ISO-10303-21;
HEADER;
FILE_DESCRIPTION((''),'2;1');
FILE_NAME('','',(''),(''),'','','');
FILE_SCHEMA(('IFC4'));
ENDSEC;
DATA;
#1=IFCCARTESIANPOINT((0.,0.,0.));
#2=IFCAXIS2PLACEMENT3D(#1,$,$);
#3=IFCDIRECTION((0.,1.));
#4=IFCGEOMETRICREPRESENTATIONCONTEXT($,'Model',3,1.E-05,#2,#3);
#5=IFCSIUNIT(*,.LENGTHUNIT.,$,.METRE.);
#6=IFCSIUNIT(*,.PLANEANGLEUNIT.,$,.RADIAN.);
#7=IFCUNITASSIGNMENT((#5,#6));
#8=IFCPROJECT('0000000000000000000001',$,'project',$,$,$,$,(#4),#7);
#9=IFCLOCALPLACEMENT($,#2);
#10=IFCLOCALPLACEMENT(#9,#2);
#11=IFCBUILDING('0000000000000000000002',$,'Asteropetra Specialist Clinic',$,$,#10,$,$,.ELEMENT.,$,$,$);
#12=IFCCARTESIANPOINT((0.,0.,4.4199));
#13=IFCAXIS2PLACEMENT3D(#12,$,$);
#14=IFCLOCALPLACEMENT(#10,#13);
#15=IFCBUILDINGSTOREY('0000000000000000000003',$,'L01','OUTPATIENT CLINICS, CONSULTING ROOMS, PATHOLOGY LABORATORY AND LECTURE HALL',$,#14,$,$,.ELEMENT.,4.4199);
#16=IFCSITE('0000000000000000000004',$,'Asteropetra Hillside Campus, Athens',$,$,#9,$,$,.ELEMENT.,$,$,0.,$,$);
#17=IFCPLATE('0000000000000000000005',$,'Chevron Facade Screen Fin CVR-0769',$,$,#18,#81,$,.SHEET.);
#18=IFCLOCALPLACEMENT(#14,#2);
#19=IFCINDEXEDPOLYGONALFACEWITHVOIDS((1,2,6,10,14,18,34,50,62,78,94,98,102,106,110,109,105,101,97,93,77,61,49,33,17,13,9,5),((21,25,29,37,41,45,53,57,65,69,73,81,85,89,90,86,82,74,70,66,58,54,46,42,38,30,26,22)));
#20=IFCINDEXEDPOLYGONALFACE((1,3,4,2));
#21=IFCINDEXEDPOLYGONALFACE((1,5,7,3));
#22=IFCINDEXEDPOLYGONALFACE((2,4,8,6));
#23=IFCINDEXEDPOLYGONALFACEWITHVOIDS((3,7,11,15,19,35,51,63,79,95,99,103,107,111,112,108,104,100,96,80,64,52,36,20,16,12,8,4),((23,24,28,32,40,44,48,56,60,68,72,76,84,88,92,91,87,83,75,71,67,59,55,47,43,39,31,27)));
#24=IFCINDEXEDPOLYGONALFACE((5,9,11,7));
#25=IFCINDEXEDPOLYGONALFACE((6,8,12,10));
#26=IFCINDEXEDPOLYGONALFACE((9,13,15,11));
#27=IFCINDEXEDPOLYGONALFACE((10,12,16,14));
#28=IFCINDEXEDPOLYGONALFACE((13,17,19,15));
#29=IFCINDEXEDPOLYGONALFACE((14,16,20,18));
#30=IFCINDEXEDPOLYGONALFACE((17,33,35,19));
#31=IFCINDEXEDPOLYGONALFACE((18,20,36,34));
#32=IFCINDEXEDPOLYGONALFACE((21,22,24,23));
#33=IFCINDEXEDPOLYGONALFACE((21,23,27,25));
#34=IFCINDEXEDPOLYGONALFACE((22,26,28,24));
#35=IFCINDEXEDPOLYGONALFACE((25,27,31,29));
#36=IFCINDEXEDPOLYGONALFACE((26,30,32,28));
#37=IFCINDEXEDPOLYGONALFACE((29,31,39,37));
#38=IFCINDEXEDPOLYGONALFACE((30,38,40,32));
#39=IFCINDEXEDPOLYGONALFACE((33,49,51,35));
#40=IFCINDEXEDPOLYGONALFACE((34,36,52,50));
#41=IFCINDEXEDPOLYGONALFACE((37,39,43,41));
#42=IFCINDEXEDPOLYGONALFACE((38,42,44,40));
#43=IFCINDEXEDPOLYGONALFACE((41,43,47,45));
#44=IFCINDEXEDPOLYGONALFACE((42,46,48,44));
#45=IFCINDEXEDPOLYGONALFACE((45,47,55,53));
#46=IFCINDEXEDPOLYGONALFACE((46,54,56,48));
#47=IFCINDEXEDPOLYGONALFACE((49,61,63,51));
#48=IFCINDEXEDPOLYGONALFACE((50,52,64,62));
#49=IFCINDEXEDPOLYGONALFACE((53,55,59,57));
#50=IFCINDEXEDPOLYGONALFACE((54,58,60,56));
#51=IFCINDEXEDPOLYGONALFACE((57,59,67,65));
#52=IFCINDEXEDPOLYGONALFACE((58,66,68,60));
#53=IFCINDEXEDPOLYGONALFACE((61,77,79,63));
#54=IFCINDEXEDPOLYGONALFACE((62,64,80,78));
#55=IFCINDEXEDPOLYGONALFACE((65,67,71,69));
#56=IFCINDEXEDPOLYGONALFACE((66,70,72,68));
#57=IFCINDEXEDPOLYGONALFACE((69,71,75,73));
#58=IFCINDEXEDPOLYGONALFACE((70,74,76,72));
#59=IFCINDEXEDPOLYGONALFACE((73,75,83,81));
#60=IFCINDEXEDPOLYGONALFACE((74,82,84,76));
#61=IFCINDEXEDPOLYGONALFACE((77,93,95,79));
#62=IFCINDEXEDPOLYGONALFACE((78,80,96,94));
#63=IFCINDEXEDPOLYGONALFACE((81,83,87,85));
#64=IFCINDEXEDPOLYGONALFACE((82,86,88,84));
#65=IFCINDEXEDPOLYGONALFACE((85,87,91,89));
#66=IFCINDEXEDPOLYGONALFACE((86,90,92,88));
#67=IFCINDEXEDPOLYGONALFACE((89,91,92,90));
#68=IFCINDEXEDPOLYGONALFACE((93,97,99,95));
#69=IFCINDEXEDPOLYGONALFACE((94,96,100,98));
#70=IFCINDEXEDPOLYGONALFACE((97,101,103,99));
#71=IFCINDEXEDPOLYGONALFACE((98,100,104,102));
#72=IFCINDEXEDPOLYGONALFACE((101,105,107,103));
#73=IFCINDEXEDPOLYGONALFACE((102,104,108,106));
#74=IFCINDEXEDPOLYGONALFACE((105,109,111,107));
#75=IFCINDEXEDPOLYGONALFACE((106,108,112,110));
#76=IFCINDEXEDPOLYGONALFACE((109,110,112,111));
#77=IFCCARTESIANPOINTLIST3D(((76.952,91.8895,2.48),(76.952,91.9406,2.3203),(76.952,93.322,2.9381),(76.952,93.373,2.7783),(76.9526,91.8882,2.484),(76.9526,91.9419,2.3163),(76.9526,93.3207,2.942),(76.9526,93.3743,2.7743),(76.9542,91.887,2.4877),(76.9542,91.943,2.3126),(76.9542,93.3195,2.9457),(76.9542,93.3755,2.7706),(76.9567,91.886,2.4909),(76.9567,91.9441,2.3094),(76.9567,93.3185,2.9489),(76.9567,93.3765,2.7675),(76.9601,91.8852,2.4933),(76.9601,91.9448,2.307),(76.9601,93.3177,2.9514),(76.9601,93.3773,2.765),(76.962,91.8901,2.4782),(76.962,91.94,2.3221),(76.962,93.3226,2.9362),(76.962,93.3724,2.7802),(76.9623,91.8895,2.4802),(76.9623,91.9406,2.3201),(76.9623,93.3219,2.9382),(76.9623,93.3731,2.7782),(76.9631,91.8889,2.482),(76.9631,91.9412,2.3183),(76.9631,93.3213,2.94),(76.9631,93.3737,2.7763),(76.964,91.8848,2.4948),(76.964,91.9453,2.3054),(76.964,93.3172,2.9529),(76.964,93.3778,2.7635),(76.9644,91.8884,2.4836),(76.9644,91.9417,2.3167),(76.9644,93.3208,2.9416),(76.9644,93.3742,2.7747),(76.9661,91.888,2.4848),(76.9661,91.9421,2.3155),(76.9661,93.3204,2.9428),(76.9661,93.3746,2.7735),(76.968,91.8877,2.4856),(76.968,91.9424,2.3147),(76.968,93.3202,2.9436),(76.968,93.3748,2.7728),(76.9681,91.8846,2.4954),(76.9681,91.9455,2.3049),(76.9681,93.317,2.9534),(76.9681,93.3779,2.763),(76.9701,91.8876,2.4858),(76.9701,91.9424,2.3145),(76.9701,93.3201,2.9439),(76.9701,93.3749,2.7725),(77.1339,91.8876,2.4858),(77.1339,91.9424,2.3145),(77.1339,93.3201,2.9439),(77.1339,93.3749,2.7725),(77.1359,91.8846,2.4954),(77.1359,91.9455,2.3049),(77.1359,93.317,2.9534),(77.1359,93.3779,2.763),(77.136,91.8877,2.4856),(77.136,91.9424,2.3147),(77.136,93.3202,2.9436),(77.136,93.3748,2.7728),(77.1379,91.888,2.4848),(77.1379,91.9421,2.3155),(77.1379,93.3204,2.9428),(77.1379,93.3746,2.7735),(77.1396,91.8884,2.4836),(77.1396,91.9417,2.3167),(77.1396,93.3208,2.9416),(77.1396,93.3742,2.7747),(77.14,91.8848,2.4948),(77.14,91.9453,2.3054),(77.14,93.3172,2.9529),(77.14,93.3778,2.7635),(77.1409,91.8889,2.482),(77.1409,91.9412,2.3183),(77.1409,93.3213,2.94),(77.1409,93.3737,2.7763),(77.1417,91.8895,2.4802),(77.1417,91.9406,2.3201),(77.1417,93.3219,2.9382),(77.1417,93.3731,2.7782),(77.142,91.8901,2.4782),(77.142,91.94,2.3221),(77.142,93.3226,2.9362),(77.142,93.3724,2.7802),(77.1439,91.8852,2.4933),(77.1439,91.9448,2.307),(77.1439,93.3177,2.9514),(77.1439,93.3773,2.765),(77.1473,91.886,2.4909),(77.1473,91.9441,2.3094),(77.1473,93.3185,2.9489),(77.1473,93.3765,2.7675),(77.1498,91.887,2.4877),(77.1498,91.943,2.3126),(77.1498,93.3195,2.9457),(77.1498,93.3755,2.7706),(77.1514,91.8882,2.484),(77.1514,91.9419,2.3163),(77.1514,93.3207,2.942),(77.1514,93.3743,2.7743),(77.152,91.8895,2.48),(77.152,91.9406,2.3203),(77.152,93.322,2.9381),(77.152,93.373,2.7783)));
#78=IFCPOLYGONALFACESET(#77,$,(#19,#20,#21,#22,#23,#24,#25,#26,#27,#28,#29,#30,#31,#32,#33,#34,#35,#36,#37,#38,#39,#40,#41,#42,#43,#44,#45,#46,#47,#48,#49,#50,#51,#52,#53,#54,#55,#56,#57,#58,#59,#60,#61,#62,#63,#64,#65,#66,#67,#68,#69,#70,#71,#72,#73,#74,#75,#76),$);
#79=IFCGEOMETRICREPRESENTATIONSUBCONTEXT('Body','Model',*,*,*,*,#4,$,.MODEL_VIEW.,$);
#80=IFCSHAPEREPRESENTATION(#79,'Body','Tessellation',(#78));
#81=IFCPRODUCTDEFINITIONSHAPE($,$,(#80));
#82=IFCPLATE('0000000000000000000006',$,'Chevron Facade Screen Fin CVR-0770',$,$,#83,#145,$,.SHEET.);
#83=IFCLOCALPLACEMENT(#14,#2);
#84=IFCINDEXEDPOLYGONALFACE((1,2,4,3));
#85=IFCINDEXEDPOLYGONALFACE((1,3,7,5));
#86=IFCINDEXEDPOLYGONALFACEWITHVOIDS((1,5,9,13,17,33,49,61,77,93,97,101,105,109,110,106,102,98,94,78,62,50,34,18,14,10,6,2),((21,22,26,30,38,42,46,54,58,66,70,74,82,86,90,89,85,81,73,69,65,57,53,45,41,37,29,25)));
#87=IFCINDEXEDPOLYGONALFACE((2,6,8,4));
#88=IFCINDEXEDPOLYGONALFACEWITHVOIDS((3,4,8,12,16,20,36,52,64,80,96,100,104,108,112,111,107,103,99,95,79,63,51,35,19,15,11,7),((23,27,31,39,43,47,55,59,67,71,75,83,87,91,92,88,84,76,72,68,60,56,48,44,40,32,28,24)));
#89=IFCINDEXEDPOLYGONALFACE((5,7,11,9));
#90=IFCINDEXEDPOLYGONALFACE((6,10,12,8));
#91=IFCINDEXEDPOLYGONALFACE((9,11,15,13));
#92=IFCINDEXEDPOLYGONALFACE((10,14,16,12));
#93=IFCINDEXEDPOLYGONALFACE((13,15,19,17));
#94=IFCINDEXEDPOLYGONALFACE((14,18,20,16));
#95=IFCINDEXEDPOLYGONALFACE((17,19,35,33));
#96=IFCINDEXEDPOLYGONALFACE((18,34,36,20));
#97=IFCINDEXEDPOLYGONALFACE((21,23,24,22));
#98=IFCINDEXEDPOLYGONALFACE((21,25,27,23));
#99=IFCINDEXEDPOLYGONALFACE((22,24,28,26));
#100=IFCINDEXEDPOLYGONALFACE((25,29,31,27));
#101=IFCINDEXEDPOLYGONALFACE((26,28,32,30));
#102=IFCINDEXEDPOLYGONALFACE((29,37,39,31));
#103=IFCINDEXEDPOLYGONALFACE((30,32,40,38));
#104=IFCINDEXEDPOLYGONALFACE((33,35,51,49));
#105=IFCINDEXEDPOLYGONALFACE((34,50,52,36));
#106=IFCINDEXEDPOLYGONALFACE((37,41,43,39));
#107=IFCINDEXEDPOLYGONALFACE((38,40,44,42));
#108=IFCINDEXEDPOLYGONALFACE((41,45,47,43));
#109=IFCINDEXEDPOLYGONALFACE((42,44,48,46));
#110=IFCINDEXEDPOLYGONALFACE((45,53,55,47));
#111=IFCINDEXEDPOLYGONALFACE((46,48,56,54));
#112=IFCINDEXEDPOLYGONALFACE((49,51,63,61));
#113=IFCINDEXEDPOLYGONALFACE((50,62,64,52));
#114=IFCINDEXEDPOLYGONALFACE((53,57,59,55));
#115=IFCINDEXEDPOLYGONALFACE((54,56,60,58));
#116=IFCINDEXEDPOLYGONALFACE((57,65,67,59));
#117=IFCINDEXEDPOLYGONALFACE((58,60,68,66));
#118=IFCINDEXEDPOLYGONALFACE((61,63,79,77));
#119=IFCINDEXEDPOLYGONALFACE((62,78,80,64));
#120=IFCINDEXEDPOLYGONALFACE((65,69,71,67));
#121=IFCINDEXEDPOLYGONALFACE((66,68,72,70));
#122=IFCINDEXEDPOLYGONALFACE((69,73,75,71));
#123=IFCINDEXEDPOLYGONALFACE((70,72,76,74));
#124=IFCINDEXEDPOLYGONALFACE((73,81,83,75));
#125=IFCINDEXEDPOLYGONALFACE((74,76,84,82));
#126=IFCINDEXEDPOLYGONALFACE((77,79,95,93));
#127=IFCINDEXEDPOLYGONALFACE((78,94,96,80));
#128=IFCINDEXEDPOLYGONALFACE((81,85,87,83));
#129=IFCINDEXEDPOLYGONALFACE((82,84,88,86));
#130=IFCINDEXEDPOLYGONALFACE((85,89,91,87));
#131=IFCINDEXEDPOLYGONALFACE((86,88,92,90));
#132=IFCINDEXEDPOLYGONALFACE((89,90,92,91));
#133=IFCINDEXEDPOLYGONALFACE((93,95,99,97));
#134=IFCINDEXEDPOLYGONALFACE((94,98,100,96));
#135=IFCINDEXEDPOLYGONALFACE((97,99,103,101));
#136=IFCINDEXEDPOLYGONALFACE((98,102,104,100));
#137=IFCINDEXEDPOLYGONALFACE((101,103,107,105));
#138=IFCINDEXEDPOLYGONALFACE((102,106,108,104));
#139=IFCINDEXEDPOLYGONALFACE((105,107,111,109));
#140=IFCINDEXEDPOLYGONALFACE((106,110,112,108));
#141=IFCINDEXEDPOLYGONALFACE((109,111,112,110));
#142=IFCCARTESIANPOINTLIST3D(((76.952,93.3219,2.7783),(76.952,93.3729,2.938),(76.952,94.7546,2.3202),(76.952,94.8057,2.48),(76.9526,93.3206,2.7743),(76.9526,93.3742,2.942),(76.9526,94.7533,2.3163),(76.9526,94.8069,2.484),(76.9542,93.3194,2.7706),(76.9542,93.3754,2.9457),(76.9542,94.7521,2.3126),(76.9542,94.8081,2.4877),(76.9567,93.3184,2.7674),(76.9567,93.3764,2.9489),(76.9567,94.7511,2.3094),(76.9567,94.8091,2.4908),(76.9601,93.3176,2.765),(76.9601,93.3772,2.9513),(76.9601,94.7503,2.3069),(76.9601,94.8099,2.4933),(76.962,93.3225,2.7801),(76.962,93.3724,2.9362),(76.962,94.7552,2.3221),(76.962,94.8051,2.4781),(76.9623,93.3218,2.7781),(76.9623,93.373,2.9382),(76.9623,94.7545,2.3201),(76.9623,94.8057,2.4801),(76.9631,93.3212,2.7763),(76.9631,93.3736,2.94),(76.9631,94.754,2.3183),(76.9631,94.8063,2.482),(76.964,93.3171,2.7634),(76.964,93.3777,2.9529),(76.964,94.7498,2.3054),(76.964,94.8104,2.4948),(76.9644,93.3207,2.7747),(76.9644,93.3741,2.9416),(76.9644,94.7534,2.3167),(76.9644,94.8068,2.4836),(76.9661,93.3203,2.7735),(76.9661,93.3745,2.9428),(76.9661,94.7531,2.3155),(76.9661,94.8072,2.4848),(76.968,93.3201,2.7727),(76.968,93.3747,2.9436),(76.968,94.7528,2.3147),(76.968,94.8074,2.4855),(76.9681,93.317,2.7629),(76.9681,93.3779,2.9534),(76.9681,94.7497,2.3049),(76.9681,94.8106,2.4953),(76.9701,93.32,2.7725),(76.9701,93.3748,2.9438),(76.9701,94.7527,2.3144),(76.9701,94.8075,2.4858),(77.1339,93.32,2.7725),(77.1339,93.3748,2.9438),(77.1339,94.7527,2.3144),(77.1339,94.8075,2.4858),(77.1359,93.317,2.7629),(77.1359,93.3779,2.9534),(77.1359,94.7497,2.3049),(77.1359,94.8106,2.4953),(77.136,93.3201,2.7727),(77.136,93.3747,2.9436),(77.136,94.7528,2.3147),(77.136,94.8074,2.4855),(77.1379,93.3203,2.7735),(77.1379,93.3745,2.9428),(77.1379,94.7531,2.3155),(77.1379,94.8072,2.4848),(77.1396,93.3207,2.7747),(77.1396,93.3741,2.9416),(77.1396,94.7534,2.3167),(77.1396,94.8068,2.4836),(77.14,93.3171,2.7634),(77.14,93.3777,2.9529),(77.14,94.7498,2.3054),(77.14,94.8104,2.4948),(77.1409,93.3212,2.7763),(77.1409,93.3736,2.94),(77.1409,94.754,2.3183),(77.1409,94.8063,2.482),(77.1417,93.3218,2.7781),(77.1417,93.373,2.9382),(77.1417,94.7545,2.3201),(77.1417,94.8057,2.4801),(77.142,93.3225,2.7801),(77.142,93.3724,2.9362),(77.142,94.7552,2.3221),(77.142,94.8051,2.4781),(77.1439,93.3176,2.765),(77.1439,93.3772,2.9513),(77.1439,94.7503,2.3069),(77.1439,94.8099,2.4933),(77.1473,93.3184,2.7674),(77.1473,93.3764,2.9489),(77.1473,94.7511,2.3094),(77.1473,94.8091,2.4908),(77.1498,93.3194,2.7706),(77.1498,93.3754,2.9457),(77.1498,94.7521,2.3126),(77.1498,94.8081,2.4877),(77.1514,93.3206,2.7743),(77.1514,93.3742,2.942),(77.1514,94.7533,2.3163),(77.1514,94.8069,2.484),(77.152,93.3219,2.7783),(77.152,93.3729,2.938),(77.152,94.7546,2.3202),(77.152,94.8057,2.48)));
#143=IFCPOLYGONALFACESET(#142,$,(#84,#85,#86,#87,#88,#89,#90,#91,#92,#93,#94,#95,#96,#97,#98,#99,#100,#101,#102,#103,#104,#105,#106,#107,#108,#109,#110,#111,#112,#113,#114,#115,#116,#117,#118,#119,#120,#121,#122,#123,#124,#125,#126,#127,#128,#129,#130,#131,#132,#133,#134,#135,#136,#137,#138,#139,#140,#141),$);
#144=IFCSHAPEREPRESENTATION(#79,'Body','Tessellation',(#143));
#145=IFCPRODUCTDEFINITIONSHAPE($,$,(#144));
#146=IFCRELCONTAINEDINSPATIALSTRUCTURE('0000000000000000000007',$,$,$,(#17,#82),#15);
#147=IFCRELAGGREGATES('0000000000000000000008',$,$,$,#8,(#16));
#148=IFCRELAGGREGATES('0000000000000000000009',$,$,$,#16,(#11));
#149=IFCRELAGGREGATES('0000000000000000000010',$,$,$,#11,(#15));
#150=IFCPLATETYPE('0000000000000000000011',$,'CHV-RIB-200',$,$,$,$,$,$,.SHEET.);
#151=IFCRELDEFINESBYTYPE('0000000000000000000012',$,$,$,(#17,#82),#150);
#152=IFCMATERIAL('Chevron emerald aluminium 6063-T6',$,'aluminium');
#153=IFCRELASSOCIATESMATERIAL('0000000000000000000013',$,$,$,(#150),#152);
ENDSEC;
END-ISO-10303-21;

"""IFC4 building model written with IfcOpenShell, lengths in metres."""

from ifc_helpers import new_model, si_unit, direction, frame, origin, origin_2d, place, context, subcontext, project, spatial, hollow_rectangle, extrude, material, material_profile, profile_set, type_object, element, save


model = new_model("IFC4")

# Units and contexts
model_context = context("Model", 3, precision=1e-05, world=origin(), true_north=direction((0.0, 1.0)))
body_context = subcontext(model_context, "Body", "Model", "MODEL_VIEW")
ifc_project = project(units=[si_unit("LENGTHUNIT", "METRE"), si_unit("PLANEANGLEUNIT", "RADIAN")], contexts=[model_context])

# Site, building, storey
site_placement = place(None, origin())
site = spatial("IfcSite", under=ifc_project, at=site_placement, Name="Asteropetra Hillside Campus, Athens", CompositionType="ELEMENT", RefElevation=0.0)
building_placement = place(site_placement, origin())
building = spatial("IfcBuilding", under=site, at=building_placement, Name="Asteropetra Specialist Clinic", CompositionType="ELEMENT")
storey_placement = place(building_placement, frame((0.0, 0.0, 4.4199)))
storey = spatial("IfcBuildingStorey", under=building, at=storey_placement, Name="L01", Description="OUTPATIENT CLINICS, CONSULTING ROOMS, PATHOLOGY LABORATORY AND LECTURE HALL", CompositionType="ELEMENT", Elevation=4.4199)

# Plates
ifc_material_1 = material(Name="Chevron emerald aluminium 6063-T6", Category="aluminium")
ifc_material_profile = material_profile(ifc_material_1, hollow_rectangle(XDim=0.2, YDim=0.2, WallThickness=0.01, InnerFilletRadius=0.0081, OuterFilletRadius=0.0161, at=origin_2d()), Name="SHS 200x200x10.0")
ifc_profile_set = profile_set([ifc_material_profile], Name="Chevron emerald aluminium 6063-T6")
plate_type_1 = type_object("IfcPlateType", Name="CHV-RIB-200", PredefinedType="SHEET", material=ifc_profile_set)
plate_1_placement = place(storey_placement, frame((77.052, 91.915, 2.4001), z_axis=(0.0, 0.952492, 0.304564), x_axis=(-1.0, 0.0, 0.0)))
element("IfcPlate", 1, at=plate_1_placement, inside=storey, type_object=plate_type_1, Name="Chevron Facade Screen Fin CVR-0769", PredefinedType="SHEET", context=body_context, shape_type="SweptSolid", body=[
    extrude(hollow_rectangle(XDim=0.2, YDim=0.2, WallThickness=0.01, InnerFilletRadius=0.0081, OuterFilletRadius=0.0161, at=origin_2d()), origin(), (0.0, 0.0, 1.0), 1.5039),
])
plate_2_placement = place(storey_placement, frame((77.052, 93.3474, 2.8582), z_axis=(0.0, 0.952507, -0.304517), x_axis=(-1.0, 0.0, 0.0)))
element("IfcPlate", 2, at=plate_2_placement, inside=storey, type_object=plate_type_1, Name="Chevron Facade Screen Fin CVR-0770", PredefinedType="SHEET", context=body_context, shape_type="SweptSolid", body=[
    extrude(hollow_rectangle(XDim=0.2, YDim=0.2, WallThickness=0.01, InnerFilletRadius=0.0081, OuterFilletRadius=0.0161, at=origin_2d()), origin(), (0.0, 0.0, 1.0), 1.5042),
])

save(model, "model.ifc")
